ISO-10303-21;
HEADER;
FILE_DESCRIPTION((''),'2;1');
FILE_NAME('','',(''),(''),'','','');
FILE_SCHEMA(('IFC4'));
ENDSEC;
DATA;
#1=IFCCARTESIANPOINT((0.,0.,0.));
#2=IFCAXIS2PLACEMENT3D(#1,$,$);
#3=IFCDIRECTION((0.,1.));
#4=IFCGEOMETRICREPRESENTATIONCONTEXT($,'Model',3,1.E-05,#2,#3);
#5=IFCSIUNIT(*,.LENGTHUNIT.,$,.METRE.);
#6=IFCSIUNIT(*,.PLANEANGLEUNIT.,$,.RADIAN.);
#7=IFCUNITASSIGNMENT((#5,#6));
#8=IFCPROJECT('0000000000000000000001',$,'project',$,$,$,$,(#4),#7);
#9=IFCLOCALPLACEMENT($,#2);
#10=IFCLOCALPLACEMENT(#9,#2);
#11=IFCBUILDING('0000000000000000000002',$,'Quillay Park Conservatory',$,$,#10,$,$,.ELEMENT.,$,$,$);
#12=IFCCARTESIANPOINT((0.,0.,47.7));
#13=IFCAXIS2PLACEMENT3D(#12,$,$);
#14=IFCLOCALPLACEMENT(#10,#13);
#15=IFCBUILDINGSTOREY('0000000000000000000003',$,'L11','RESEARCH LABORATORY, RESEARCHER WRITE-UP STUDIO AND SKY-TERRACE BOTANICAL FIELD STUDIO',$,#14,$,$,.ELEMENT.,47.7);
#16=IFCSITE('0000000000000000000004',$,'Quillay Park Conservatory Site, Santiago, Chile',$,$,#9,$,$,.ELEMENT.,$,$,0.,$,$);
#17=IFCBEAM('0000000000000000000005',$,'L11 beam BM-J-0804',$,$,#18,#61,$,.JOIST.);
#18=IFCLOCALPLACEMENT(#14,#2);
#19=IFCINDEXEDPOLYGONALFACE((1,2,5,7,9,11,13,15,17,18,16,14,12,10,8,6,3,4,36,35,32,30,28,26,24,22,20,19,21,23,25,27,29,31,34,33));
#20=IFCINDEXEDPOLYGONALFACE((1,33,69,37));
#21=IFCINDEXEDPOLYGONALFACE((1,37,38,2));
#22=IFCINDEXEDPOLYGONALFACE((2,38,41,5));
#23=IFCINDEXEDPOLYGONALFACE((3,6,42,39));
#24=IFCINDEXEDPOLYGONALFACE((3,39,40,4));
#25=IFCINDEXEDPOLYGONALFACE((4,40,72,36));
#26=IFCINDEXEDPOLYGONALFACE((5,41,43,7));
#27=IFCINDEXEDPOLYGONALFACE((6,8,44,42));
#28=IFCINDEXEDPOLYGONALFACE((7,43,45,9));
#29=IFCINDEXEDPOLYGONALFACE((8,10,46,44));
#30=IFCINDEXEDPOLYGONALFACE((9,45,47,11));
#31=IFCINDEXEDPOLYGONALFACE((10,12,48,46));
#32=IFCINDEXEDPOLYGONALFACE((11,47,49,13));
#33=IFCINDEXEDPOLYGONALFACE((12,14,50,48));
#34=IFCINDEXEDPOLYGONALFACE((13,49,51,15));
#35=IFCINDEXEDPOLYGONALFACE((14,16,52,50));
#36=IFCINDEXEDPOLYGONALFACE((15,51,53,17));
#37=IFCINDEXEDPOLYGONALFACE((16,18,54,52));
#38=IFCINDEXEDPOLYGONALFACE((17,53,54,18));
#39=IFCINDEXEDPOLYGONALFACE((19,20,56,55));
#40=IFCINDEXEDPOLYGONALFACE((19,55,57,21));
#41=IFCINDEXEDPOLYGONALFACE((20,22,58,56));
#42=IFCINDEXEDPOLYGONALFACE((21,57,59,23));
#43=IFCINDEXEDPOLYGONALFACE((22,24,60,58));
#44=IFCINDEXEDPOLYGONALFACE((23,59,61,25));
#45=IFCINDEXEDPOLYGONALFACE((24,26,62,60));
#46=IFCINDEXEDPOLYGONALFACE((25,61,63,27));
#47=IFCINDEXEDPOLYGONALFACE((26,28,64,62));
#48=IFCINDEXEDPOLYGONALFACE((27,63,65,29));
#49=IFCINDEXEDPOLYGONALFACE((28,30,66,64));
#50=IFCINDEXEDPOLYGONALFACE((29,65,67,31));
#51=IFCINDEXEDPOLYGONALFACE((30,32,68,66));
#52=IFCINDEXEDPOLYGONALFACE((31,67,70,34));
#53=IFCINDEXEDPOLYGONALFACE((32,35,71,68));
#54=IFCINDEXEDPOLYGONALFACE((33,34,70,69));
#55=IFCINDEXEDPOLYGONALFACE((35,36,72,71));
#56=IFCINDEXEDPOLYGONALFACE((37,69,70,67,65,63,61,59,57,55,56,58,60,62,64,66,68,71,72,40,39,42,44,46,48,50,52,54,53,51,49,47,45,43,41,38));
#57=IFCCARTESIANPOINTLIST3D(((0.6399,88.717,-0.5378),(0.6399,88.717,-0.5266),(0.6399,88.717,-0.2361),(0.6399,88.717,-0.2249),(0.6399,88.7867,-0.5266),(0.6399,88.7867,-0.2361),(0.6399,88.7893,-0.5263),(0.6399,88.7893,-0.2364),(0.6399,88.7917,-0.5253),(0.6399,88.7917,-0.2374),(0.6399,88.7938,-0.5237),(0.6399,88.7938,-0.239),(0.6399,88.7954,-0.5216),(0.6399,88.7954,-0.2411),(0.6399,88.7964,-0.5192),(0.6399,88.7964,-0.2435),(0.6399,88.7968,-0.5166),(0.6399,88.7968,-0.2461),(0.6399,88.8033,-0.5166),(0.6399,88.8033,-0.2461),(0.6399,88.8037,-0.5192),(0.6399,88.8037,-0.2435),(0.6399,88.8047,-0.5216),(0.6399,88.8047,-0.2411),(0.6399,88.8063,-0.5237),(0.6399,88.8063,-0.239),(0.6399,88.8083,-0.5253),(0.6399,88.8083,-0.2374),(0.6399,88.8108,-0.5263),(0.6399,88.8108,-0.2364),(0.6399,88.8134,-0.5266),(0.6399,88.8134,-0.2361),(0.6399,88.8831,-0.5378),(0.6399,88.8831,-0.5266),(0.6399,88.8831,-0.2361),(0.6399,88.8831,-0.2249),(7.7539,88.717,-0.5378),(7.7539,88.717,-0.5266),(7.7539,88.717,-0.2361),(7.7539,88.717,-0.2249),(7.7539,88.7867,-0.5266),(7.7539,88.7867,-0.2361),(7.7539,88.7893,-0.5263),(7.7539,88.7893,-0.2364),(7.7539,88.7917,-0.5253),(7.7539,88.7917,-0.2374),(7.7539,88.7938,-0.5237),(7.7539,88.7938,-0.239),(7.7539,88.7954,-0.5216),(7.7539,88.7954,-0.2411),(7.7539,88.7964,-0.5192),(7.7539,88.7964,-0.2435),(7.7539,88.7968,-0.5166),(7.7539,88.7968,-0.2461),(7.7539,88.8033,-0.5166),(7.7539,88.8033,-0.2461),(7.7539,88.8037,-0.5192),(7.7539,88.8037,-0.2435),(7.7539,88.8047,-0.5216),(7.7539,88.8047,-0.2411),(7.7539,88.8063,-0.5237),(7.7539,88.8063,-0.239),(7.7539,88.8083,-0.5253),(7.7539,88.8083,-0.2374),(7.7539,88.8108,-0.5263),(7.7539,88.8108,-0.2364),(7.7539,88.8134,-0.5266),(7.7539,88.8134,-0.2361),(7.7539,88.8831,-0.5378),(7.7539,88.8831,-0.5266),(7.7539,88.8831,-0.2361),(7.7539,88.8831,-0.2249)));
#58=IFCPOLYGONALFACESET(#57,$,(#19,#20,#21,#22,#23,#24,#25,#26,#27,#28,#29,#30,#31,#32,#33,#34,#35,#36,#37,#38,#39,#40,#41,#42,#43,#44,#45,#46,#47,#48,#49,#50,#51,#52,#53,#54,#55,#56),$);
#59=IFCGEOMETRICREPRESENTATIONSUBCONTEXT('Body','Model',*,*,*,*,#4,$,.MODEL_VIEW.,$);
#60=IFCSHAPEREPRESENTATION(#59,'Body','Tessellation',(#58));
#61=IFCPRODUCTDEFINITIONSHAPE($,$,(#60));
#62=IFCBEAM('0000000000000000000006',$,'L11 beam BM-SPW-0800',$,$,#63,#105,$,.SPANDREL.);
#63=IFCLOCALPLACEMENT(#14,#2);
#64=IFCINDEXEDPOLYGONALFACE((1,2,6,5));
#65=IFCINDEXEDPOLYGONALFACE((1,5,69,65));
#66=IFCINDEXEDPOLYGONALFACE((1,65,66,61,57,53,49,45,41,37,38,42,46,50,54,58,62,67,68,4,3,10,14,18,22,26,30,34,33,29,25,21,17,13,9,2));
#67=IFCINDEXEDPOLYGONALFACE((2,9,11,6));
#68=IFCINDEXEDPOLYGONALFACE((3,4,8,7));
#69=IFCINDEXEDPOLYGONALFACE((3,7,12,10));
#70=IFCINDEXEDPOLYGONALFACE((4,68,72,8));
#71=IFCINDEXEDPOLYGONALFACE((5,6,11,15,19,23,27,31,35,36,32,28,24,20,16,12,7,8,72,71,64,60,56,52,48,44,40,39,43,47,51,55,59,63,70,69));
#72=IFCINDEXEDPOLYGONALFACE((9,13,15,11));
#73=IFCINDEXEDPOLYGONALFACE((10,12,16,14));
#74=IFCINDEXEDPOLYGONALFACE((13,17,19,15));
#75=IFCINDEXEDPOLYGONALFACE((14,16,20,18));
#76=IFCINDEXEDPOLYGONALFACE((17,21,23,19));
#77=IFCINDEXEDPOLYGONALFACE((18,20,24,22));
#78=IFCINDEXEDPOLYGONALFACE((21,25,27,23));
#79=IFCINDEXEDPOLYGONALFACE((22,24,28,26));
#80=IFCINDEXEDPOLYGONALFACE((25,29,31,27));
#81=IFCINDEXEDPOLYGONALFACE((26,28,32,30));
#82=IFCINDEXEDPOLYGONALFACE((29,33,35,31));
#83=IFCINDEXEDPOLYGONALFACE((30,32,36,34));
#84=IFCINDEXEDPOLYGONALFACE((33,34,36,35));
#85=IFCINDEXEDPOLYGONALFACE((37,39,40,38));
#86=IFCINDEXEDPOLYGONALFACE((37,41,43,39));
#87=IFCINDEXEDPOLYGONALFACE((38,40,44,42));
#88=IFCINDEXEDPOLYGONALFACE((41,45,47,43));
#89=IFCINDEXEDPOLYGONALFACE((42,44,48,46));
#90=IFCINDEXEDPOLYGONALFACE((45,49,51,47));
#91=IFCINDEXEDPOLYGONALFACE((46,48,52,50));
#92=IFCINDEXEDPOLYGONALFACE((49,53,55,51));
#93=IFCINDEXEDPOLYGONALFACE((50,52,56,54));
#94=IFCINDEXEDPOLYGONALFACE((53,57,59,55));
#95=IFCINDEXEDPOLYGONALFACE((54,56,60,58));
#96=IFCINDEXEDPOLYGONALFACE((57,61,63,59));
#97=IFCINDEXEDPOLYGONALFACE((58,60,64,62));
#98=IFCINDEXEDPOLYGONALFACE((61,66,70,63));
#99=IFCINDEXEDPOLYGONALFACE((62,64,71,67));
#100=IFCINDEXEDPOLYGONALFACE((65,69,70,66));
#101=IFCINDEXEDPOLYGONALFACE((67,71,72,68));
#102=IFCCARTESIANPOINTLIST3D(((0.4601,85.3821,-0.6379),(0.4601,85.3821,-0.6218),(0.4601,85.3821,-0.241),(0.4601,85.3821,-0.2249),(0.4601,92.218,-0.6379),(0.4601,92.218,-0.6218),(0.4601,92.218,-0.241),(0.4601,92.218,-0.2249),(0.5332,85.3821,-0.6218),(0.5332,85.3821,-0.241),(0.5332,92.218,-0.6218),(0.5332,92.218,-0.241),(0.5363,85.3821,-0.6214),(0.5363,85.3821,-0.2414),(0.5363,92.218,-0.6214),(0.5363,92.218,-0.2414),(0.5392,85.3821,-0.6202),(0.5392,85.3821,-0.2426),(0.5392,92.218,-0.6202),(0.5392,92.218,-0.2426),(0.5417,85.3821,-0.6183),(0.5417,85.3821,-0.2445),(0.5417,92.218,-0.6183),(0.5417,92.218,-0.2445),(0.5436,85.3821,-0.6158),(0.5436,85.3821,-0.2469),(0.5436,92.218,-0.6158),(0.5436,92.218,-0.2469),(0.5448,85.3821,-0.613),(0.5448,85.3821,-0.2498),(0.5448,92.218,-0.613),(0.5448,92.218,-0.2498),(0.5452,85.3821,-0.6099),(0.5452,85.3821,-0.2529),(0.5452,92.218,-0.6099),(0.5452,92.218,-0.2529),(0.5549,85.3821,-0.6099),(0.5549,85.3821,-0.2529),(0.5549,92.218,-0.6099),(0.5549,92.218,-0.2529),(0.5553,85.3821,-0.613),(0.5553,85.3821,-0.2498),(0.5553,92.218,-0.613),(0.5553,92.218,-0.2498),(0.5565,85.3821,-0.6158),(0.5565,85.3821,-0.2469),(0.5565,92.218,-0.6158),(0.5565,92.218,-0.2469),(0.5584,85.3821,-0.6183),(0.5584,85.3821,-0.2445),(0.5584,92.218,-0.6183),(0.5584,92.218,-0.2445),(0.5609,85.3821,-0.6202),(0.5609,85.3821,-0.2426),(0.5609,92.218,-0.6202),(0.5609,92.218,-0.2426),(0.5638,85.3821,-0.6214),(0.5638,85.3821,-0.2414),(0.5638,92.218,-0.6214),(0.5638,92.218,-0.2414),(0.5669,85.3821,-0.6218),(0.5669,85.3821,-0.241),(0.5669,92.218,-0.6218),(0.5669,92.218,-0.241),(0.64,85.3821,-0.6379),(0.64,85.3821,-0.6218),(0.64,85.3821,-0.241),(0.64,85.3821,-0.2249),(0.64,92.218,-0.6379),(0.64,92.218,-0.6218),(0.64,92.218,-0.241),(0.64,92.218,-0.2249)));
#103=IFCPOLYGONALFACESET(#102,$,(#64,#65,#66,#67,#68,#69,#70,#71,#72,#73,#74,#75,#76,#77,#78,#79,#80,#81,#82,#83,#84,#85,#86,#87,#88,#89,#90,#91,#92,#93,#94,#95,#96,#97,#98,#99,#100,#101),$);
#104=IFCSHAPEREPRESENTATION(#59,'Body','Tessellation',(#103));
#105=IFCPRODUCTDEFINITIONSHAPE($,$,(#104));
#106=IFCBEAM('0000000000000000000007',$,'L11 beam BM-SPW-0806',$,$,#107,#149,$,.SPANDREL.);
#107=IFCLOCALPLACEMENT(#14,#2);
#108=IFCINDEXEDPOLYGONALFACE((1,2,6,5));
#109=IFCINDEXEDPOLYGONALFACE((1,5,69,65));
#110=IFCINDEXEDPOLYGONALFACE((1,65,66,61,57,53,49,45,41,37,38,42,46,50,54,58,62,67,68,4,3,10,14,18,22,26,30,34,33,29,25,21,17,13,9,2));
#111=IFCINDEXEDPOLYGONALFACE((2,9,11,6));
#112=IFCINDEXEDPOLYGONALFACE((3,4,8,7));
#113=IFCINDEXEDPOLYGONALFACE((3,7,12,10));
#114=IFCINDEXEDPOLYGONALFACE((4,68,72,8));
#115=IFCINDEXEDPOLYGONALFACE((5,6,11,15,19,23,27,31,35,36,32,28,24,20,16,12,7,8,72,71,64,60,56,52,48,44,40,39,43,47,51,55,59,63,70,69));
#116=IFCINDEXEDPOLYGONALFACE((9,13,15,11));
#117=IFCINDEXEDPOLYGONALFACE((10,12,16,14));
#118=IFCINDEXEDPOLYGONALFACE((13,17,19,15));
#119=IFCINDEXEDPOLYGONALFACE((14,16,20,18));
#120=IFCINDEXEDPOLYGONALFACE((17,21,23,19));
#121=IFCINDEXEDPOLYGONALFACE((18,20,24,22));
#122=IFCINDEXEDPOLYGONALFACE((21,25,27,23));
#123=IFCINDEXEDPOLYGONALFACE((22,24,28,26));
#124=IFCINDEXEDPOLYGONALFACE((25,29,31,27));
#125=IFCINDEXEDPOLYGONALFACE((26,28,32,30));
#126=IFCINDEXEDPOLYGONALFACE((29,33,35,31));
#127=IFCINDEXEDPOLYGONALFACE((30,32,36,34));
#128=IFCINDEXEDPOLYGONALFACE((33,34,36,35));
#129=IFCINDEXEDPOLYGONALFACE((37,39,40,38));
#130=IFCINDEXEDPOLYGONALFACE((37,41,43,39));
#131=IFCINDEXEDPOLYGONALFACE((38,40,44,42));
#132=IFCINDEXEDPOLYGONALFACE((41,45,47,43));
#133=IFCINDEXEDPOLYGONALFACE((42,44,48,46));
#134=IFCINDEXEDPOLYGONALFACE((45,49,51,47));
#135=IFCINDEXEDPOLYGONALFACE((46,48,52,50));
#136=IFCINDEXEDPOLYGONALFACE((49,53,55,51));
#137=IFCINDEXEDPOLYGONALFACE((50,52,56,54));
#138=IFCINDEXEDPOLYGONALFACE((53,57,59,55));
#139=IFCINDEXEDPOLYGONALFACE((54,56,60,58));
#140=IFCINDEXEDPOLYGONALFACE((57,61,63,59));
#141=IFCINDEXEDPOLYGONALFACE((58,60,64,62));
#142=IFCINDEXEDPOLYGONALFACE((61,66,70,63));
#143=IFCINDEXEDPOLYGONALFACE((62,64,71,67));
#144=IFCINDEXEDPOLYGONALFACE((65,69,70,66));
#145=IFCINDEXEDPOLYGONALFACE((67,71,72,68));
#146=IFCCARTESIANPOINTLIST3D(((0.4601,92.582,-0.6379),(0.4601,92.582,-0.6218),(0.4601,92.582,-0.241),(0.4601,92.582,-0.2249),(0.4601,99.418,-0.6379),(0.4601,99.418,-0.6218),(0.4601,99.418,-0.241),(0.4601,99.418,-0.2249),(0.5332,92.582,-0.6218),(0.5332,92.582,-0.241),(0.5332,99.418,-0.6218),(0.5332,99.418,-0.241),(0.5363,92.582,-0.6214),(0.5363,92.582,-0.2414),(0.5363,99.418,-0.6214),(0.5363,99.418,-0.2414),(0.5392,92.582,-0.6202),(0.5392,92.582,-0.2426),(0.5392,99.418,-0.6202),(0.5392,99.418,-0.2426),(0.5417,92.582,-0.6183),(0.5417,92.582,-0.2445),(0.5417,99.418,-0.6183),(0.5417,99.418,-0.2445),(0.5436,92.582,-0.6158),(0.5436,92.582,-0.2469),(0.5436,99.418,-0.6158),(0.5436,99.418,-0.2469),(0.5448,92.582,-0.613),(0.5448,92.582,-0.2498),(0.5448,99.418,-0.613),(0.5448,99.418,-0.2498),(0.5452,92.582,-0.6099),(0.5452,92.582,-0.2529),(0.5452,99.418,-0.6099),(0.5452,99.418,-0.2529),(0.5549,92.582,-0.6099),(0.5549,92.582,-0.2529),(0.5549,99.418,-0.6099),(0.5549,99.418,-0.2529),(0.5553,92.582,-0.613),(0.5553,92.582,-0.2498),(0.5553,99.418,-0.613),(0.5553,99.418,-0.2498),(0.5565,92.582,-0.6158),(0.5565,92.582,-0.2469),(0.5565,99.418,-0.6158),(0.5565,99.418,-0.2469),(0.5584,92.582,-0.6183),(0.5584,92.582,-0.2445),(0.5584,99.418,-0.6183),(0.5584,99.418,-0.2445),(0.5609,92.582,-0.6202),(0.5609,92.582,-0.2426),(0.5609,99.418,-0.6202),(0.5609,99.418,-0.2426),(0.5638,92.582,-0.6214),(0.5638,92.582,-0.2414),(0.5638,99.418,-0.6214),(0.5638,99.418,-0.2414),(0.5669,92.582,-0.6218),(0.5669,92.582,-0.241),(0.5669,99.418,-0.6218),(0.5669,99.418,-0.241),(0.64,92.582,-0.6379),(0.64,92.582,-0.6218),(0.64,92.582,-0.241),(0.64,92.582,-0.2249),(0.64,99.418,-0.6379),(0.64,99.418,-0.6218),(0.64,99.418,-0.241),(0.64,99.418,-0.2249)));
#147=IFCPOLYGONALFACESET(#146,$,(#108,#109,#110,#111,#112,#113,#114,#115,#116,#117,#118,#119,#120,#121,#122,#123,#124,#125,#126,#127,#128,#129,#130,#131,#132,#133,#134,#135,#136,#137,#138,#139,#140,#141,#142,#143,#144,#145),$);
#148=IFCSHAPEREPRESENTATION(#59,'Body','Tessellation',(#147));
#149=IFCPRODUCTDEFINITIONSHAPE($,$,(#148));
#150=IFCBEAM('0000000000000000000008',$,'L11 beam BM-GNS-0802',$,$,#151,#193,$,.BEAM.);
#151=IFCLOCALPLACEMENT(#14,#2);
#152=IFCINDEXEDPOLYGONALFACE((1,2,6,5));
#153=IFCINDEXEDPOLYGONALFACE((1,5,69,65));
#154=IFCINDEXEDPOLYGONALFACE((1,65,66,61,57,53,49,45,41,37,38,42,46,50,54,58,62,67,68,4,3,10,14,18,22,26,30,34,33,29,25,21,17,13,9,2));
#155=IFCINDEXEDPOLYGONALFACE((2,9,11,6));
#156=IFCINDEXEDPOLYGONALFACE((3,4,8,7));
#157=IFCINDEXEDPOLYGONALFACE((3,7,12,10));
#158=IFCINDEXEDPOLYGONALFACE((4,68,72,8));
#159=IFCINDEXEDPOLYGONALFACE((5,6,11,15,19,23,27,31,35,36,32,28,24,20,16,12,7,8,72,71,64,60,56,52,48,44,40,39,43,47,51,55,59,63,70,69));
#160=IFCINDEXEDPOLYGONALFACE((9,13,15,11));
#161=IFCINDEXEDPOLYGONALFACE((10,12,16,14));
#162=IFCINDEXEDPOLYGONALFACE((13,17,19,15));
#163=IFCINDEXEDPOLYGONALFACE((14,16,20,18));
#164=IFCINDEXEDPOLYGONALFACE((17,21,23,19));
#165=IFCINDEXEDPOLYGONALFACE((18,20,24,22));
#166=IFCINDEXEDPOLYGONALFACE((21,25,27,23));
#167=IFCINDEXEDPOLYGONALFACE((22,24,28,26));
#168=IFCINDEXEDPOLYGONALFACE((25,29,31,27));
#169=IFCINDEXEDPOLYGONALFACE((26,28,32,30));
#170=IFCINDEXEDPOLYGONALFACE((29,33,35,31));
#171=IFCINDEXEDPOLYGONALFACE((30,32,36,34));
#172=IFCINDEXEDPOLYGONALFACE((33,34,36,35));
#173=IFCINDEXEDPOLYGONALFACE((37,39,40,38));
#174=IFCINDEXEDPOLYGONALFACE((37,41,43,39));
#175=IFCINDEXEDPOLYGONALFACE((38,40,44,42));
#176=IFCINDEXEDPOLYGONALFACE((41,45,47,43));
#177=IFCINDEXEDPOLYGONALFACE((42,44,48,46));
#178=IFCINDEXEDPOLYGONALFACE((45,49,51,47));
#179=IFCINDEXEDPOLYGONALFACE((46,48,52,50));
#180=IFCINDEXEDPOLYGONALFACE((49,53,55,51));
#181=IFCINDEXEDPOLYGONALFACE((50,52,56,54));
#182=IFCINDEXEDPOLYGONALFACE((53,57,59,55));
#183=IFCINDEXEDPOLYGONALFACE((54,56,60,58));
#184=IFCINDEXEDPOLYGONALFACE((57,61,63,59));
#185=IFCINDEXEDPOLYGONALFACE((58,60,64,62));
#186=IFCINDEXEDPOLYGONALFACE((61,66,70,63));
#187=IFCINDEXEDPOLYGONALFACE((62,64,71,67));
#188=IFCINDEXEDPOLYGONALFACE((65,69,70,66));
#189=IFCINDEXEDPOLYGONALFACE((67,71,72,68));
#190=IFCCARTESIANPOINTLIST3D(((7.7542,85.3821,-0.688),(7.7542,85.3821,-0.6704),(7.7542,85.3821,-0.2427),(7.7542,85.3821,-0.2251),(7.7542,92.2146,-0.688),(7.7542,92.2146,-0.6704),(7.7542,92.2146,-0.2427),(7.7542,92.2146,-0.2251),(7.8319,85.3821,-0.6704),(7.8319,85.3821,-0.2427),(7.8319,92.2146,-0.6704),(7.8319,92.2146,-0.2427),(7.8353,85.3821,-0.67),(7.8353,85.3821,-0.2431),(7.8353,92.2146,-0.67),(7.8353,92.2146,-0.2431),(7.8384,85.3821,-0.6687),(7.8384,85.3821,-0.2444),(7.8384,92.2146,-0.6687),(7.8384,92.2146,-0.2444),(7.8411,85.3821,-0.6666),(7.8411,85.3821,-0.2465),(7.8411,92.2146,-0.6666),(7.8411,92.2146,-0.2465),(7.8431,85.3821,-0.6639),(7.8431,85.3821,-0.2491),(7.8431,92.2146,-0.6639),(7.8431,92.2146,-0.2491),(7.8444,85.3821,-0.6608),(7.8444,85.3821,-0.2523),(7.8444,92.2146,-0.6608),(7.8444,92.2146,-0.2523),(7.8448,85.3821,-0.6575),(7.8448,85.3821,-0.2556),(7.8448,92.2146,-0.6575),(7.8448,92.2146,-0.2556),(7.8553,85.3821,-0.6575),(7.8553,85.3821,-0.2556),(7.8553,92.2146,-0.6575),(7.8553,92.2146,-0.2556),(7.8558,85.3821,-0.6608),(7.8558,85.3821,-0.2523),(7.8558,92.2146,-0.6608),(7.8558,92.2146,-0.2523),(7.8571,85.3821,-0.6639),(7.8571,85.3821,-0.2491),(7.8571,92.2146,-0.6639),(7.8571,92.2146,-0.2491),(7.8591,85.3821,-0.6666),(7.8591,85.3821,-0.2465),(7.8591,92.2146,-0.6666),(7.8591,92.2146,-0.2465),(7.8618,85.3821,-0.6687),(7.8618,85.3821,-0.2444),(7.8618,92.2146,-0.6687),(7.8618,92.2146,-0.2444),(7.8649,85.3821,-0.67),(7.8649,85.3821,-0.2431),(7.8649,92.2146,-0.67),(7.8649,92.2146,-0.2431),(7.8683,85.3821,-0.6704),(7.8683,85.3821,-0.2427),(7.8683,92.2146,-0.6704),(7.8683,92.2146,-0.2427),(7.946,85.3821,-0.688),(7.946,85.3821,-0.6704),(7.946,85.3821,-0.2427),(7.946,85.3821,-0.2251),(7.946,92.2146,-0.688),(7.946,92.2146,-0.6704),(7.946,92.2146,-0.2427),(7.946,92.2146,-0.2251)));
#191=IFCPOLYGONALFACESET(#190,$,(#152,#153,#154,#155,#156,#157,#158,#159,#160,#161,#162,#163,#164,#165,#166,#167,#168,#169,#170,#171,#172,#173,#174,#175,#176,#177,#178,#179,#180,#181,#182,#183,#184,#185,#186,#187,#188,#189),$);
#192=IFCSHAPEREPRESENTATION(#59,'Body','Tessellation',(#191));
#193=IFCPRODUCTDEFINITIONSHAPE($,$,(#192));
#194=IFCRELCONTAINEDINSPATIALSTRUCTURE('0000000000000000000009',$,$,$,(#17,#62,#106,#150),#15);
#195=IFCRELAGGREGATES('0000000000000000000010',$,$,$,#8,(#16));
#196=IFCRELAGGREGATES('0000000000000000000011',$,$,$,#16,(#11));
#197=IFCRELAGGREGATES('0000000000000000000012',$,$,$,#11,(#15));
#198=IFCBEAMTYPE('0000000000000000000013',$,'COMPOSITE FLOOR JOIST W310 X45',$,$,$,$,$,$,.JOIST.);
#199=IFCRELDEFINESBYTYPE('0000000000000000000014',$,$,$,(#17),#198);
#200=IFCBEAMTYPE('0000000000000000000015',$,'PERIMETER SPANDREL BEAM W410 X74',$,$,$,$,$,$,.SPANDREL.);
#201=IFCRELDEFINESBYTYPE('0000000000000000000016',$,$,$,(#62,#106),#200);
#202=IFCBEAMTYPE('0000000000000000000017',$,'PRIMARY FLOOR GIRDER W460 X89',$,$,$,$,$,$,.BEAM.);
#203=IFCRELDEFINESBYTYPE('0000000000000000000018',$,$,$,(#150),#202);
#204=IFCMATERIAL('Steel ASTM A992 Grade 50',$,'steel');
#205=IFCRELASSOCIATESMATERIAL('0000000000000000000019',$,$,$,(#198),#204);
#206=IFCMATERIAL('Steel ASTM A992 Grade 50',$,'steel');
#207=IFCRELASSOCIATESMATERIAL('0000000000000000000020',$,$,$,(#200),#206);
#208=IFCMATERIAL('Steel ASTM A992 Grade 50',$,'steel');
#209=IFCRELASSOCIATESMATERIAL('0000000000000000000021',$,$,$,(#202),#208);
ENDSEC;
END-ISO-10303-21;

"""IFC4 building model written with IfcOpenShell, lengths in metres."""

from ifc_helpers import new_model, si_unit, direction, frame, origin, origin_2d, place, context, subcontext, project, spatial, i_section, extrude, material, material_profile, profile_set, type_object, element, save


model = new_model("IFC4")

# Units and contexts
model_context = context("Model", 3, precision=1e-05, world=origin(), true_north=direction((0.0, 1.0)))
body_context = subcontext(model_context, "Body", "Model", "MODEL_VIEW")
ifc_project = project(units=[si_unit("LENGTHUNIT", "METRE"), si_unit("PLANEANGLEUNIT", "RADIAN")], contexts=[model_context])

# Site, building, storey
site_placement = place(None, origin())
site = spatial("IfcSite", under=ifc_project, at=site_placement, Name="Quillay Park Conservatory Site, Santiago, Chile", CompositionType="ELEMENT", RefElevation=0.0)
building_placement = place(site_placement, origin())
building = spatial("IfcBuilding", under=site, at=building_placement, Name="Quillay Park Conservatory", CompositionType="ELEMENT")
storey_placement = place(building_placement, frame((0.0, 0.0, 47.7)))
storey = spatial("IfcBuildingStorey", under=building, at=storey_placement, Name="L11", Description="RESEARCH LABORATORY, RESEARCHER WRITE-UP STUDIO AND SKY-TERRACE BOTANICAL FIELD STUDIO", CompositionType="ELEMENT", Elevation=47.7)

# Beams
ifc_material_1 = material(Name="Steel ASTM A992 Grade 50", Category="steel")
ifc_material_profile_1 = material_profile(ifc_material_1, i_section(OverallWidth=0.166, OverallDepth=0.313, WebThickness=0.0066, FlangeThickness=0.0112, FilletRadius=0.01, at=origin_2d()), Name="W310x45")
ifc_profile_set_1 = profile_set([ifc_material_profile_1], Name="Steel ASTM A992 Grade 50")
beam_type_1 = type_object("IfcBeamType", Name="COMPOSITE FLOOR JOIST W310 X45", PredefinedType="JOIST", material=ifc_profile_set_1)
beam_1_placement = place(storey_placement, frame((0.6399, 88.8, -0.3813), z_axis=(1.0, 0.0, 0.0), x_axis=(0.0, 1.0, 0.0)))
element("IfcBeam", 1, at=beam_1_placement, inside=storey, type_object=beam_type_1, Name="L11 beam BM-J-0804", PredefinedType="JOIST", context=body_context, shape_type="SweptSolid", body=[
    extrude(i_section(OverallWidth=0.166, OverallDepth=0.313, WebThickness=0.0066, FlangeThickness=0.0112, FilletRadius=0.01, at=origin_2d()), origin(), (0.0, 0.0, 1.0), 7.114),
])
ifc_material_2 = material(Name="Steel ASTM A992 Grade 50", Category="steel")
ifc_material_profile_2 = material_profile(ifc_material_2, i_section(OverallWidth=0.1799, OverallDepth=0.4131, WebThickness=0.0098, FlangeThickness=0.0161, FilletRadius=0.012, at=origin_2d()), Name="W410x74")
ifc_profile_set_2 = profile_set([ifc_material_profile_2], Name="Steel ASTM A992 Grade 50")
beam_type_2 = type_object("IfcBeamType", Name="PERIMETER SPANDREL BEAM W410 X74", PredefinedType="SPANDREL", material=ifc_profile_set_2)
for number, where, z_axis, x_axis, name in (
    (2, (0.55, 85.3821, -0.4314), (0.0, 1.0, 0.0), (-1.0, 0.0, 0.0), "L11 beam BM-SPW-0800"),
    (3, (0.55, 92.582, -0.4314), (0.0, 1.0, 0.0), (-1.0, 0.0, 0.0), "L11 beam BM-SPW-0806"),
):
    element("IfcBeam", number, at=place(storey_placement, frame(where, z_axis=z_axis, x_axis=x_axis)), inside=storey, type_object=beam_type_2, Name=name, PredefinedType="SPANDREL", context=body_context, shape_type="SweptSolid", body=[
        extrude(i_section(OverallWidth=0.1799, OverallDepth=0.4131, WebThickness=0.0098, FlangeThickness=0.0161, FilletRadius=0.012, at=origin_2d()), origin(), (0.0, 0.0, 1.0), 6.8359),
    ])
ifc_material_3 = material(Name="Steel ASTM A992 Grade 50", Category="steel")
ifc_material_profile_3 = material_profile(ifc_material_3, i_section(OverallWidth=0.1919, OverallDepth=0.4629, WebThickness=0.0105, FlangeThickness=0.0176, FilletRadius=0.0129, at=origin_2d()), Name="W460x89")
ifc_profile_set_3 = profile_set([ifc_material_profile_3], Name="Steel ASTM A992 Grade 50")
beam_type_3 = type_object("IfcBeamType", Name="PRIMARY FLOOR GIRDER W460 X89", PredefinedType="BEAM", material=ifc_profile_set_3)
for number, where, z_axis, x_axis, name in (
    (4, (7.8501, 85.3821, -0.4565), (0.0, 1.0, 0.0), (-1.0, 0.0, 0.0), "L11 beam BM-GNS-0802"),
):
    element("IfcBeam", number, at=place(storey_placement, frame(where, z_axis=z_axis, x_axis=x_axis)), inside=storey, type_object=beam_type_3, Name=name, PredefinedType="BEAM", context=body_context, shape_type="SweptSolid", body=[
        extrude(i_section(OverallWidth=0.1919, OverallDepth=0.4629, WebThickness=0.0105, FlangeThickness=0.0176, FilletRadius=0.0129, at=origin_2d()), origin(), (0.0, 0.0, 1.0), 6.8325),
    ])

save(model, "model.ifc")
